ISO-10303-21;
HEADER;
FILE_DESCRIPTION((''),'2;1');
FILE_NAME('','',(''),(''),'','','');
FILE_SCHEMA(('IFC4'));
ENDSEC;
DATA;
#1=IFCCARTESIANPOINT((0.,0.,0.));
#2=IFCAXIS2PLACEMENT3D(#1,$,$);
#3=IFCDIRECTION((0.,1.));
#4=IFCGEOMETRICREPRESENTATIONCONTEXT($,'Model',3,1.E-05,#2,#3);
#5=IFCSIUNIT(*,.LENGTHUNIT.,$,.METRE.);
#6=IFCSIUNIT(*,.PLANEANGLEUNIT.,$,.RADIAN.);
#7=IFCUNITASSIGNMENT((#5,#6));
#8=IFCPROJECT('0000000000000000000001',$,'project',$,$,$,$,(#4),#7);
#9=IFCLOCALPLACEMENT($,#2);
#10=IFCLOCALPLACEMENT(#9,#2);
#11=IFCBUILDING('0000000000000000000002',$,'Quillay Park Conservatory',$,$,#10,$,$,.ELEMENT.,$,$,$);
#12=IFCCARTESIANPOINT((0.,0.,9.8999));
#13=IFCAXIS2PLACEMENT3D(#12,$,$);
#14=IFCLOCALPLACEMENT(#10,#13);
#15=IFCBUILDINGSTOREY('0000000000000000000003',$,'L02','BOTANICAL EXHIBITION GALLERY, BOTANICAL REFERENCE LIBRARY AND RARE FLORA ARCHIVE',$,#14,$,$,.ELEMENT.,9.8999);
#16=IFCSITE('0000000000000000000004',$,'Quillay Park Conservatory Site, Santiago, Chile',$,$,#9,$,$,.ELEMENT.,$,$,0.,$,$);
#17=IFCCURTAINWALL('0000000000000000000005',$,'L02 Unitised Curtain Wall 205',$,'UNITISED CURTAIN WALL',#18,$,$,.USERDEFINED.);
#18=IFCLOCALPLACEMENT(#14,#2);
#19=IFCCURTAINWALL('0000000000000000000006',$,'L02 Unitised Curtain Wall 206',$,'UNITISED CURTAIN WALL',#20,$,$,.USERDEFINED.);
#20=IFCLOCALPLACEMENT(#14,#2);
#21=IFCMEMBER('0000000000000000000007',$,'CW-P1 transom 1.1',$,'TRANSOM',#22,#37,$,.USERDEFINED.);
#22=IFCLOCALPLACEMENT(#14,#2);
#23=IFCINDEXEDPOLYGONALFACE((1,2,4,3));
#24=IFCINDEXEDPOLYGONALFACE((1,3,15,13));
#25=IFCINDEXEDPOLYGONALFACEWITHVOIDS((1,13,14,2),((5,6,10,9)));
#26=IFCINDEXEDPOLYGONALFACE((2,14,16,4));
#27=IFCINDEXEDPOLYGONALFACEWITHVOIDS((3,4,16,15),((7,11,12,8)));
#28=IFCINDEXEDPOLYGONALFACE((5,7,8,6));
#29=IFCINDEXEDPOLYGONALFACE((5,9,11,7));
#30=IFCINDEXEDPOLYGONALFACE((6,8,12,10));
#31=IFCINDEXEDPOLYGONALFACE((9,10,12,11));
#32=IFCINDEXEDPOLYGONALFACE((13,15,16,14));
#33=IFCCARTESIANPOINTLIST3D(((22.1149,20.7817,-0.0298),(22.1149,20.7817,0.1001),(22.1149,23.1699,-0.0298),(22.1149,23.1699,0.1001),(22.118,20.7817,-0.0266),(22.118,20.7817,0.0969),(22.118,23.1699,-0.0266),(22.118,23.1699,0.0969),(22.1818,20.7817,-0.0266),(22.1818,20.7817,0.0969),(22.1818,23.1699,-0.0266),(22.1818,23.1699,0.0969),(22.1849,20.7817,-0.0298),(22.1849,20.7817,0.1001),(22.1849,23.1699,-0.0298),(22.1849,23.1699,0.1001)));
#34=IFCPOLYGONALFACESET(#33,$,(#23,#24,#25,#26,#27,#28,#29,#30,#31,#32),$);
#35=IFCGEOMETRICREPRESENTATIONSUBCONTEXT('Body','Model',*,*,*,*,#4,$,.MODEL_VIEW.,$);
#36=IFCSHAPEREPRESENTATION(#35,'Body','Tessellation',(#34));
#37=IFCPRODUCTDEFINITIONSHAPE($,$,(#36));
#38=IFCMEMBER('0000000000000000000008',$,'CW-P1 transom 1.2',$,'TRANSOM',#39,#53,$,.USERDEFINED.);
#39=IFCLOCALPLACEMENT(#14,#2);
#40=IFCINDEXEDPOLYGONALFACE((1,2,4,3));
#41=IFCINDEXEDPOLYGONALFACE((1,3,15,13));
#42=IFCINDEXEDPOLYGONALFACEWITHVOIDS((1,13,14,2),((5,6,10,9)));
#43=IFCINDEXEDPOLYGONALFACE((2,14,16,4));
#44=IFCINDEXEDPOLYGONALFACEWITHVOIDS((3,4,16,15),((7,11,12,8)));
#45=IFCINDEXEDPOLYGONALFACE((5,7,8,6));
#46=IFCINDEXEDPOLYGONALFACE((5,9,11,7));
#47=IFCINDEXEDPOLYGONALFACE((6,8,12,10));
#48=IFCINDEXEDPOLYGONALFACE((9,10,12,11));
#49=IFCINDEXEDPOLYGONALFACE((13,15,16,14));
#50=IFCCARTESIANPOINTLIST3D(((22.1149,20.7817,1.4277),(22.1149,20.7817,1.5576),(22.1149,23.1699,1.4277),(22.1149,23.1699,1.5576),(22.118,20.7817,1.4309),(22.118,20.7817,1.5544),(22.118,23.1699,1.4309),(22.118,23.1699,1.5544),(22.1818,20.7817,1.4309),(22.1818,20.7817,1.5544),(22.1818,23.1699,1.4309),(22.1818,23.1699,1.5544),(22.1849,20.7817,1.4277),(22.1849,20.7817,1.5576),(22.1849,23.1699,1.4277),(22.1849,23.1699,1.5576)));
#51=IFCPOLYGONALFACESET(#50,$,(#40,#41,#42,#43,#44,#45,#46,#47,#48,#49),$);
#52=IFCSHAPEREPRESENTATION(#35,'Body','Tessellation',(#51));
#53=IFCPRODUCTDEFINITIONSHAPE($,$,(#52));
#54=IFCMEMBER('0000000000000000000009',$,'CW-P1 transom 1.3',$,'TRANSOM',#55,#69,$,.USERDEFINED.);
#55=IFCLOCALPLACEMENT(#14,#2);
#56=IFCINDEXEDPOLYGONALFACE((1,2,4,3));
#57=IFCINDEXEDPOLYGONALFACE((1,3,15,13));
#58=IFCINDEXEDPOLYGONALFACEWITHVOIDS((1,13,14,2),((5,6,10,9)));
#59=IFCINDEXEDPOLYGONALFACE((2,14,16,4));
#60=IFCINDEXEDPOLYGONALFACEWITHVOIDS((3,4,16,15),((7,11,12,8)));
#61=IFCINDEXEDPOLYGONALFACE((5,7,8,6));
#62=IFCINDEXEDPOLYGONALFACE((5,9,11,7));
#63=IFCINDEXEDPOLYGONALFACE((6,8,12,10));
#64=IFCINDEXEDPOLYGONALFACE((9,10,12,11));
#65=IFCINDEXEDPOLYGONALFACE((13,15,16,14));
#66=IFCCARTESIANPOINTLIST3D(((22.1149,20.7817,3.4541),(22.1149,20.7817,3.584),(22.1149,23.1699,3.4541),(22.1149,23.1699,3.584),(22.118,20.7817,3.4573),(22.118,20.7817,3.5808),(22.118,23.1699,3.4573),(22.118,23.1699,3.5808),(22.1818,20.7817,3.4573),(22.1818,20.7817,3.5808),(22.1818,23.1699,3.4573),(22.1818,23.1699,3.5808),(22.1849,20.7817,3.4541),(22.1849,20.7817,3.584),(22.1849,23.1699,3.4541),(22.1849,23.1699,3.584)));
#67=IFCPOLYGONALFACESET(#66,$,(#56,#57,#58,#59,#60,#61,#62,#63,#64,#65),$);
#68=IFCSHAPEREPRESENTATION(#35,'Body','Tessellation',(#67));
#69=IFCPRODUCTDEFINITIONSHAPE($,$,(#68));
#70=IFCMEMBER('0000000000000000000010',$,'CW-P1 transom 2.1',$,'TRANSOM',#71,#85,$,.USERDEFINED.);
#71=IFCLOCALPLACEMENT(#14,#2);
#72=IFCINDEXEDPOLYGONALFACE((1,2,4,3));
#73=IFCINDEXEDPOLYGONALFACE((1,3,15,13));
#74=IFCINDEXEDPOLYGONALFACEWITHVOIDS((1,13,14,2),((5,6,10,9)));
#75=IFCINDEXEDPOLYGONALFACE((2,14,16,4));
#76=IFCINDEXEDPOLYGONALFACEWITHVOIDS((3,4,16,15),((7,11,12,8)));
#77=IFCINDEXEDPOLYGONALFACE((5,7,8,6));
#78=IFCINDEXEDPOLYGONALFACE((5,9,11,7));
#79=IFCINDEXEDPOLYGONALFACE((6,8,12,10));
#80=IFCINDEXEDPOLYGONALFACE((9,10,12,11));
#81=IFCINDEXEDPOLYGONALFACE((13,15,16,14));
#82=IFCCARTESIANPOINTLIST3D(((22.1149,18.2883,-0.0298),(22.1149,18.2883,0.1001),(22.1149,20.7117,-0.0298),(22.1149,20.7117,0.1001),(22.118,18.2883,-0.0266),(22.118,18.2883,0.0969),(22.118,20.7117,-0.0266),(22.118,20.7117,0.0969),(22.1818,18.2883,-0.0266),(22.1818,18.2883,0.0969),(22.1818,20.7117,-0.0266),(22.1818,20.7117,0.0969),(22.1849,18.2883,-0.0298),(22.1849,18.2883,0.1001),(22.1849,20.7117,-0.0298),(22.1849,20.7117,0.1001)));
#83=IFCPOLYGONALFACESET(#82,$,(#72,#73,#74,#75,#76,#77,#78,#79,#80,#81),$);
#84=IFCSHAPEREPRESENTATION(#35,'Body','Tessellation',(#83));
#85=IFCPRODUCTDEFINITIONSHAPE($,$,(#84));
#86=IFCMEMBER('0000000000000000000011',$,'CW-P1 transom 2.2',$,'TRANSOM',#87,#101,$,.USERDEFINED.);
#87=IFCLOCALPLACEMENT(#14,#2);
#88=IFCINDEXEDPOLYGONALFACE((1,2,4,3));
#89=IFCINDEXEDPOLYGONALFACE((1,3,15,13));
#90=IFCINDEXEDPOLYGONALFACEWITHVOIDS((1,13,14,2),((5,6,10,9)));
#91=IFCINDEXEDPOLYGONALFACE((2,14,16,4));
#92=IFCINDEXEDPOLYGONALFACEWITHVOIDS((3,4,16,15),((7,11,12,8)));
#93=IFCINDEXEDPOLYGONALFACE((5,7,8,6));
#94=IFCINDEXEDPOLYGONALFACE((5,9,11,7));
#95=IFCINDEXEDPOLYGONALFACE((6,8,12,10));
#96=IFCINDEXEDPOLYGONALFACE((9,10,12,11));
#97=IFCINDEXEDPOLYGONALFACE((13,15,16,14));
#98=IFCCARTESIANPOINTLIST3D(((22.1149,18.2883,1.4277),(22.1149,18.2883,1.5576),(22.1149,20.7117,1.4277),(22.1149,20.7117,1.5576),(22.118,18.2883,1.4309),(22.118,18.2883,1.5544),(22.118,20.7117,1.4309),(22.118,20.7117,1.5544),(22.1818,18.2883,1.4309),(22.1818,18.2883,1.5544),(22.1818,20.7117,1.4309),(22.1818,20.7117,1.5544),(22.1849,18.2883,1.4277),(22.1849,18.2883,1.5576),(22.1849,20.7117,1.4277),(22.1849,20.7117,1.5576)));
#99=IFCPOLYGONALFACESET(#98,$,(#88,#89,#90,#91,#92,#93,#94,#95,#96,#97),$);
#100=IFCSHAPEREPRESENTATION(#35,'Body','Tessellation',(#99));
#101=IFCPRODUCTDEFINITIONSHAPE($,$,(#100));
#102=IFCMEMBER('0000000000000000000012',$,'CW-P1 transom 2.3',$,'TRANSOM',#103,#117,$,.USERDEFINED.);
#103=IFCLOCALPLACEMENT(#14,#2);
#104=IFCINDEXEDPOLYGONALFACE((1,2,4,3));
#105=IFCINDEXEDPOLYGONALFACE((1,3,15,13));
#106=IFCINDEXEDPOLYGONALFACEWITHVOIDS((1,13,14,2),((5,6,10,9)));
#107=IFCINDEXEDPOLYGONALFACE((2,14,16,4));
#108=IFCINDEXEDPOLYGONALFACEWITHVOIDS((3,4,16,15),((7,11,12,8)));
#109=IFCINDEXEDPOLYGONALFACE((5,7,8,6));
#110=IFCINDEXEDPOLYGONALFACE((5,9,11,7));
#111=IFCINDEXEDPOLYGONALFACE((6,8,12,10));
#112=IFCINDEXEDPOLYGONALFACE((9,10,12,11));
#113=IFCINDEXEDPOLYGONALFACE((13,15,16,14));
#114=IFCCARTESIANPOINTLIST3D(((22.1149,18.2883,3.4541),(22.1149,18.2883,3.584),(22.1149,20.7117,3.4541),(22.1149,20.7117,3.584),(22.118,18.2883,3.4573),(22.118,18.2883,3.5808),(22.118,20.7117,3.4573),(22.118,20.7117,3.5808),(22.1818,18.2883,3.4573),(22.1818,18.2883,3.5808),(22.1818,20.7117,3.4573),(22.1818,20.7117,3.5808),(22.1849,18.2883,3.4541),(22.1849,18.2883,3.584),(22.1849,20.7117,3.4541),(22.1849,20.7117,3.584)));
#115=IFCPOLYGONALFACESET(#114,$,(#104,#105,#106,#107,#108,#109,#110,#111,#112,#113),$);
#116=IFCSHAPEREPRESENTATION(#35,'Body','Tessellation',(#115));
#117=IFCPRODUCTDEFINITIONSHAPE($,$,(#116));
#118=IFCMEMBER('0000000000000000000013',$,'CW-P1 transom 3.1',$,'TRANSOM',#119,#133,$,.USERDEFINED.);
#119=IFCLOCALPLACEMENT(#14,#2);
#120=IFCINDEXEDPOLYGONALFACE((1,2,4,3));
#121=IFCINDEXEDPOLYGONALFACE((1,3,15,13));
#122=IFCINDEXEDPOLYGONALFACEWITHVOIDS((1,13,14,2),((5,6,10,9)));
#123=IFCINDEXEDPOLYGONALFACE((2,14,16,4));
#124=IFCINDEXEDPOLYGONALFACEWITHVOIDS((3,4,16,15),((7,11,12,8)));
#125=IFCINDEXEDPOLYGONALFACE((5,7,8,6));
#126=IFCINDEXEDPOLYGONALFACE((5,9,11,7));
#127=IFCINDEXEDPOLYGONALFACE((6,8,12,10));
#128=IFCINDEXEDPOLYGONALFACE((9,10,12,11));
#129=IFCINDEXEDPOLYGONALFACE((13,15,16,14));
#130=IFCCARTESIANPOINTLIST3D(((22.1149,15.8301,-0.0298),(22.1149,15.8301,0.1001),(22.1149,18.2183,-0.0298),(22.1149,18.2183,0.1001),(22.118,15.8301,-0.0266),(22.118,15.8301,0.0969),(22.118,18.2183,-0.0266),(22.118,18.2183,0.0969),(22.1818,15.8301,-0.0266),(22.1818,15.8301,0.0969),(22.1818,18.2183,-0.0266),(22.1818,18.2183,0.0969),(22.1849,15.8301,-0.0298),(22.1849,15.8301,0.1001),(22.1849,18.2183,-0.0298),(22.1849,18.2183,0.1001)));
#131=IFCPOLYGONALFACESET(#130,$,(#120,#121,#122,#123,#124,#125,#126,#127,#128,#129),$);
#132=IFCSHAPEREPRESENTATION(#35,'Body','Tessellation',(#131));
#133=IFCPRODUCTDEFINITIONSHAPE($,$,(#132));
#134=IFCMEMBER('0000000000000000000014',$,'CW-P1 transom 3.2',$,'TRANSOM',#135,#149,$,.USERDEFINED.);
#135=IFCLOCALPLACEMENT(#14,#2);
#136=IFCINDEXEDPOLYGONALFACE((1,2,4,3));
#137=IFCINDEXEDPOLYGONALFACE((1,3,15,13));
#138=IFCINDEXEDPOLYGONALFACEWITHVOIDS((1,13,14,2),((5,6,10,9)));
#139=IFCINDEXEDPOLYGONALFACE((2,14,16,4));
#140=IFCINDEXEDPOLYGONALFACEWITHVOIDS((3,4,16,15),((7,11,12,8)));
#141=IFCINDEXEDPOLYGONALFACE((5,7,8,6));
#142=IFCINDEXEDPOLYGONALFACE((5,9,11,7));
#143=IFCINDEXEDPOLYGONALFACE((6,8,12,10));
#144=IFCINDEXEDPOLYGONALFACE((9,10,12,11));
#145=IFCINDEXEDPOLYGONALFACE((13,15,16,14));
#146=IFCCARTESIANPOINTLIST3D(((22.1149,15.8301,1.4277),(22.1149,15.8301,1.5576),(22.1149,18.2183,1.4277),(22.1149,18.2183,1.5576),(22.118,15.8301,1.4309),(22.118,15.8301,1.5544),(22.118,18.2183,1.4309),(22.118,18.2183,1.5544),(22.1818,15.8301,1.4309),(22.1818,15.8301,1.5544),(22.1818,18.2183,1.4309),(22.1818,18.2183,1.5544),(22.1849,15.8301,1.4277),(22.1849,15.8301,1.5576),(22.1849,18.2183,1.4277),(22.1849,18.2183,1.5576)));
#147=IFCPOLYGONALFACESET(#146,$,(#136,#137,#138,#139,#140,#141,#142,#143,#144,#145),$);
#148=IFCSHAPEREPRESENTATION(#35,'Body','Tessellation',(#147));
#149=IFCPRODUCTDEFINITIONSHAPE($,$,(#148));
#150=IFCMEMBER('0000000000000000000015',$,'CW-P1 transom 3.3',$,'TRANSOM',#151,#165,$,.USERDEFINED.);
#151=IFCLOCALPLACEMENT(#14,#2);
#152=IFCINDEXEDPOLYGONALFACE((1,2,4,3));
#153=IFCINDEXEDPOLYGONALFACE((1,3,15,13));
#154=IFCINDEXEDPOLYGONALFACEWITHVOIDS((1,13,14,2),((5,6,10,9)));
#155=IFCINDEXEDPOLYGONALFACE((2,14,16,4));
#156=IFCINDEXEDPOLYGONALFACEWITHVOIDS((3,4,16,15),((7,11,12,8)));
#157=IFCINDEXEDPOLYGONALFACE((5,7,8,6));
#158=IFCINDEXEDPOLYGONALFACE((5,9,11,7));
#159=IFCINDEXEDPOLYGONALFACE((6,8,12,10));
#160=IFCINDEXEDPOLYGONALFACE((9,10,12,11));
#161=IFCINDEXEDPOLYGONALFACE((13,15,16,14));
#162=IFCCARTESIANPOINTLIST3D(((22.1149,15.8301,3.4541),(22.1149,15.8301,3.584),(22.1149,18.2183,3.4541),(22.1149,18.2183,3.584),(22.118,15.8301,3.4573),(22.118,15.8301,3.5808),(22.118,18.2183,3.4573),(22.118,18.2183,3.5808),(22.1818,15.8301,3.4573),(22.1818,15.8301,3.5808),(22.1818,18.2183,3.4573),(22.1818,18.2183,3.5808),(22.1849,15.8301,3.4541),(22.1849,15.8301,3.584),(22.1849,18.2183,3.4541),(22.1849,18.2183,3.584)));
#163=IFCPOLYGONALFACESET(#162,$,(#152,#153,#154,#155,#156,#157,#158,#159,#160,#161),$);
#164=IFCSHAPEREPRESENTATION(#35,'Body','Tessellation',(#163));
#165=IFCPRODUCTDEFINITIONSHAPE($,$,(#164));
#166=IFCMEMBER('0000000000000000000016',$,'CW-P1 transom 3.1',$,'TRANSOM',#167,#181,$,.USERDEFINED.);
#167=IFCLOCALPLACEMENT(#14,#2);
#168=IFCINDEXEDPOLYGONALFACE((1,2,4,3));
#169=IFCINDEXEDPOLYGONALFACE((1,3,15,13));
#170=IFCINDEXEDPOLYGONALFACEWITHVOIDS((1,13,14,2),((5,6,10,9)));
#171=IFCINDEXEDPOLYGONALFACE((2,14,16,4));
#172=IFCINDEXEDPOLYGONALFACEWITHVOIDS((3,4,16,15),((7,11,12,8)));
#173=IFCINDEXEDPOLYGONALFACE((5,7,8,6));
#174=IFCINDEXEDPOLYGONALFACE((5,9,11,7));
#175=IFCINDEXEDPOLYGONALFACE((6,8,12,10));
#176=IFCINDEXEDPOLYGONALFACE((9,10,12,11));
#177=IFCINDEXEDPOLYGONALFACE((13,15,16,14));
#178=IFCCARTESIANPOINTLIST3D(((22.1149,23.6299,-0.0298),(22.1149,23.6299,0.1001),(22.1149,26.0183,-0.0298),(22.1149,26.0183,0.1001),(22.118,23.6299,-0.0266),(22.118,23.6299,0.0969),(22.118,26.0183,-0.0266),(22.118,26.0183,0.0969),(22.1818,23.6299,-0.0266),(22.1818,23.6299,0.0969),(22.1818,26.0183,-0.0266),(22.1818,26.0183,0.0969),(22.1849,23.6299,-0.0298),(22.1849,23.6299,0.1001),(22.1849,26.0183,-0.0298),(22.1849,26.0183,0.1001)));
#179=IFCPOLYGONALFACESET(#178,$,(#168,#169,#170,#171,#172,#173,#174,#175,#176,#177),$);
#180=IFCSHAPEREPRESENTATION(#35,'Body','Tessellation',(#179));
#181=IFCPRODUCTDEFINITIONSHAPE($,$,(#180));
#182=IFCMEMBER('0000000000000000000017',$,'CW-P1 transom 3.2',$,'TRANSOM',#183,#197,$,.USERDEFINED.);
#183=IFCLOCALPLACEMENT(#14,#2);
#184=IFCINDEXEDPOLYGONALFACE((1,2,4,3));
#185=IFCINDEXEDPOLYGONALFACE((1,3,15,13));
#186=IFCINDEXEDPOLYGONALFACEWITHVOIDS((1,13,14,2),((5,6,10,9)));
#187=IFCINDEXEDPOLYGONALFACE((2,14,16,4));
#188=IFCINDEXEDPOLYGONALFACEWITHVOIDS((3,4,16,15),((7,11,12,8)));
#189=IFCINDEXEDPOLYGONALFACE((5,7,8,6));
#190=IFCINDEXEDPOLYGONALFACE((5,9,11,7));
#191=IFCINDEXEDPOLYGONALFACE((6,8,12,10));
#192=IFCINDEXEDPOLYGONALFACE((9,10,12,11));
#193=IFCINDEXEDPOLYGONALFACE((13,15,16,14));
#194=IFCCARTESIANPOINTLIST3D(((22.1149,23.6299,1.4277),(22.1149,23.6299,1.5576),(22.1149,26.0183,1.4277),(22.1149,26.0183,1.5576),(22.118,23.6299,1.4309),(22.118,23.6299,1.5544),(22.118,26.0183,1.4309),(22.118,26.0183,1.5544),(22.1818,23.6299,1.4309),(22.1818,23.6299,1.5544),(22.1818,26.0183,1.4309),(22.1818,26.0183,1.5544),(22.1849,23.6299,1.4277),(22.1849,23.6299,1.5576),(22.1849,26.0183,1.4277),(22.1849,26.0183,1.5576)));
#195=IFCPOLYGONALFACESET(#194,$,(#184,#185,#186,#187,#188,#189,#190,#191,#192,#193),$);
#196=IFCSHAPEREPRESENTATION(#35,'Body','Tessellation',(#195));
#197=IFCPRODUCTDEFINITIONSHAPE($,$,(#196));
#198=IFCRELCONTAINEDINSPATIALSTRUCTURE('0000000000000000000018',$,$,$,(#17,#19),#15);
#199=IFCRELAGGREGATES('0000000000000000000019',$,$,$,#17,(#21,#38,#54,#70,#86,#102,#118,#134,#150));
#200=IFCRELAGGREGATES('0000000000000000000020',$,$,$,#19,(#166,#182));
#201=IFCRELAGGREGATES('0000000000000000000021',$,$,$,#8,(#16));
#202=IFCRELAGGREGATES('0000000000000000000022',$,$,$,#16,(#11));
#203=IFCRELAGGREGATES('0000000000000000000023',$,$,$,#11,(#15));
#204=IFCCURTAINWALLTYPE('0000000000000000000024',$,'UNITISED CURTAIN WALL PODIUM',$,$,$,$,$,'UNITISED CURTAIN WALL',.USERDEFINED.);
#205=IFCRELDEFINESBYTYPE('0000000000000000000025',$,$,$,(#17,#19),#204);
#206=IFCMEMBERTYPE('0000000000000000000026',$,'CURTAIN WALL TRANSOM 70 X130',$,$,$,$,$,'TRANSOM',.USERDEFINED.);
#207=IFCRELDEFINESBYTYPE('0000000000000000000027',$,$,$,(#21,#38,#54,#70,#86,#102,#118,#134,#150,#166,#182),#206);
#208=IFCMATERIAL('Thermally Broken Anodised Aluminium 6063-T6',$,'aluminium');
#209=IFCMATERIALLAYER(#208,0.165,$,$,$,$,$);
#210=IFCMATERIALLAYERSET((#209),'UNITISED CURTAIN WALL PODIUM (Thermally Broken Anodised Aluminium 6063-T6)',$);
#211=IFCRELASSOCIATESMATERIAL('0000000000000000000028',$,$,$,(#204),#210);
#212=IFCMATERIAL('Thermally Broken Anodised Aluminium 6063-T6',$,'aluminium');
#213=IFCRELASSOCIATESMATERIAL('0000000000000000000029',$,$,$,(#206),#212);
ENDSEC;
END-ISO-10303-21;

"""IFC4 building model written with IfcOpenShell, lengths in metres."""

from ifc_helpers import new_model, si_unit, direction, frame, origin, origin_2d, place, context, subcontext, project, spatial, hollow_rectangle, extrude, material, layer, layer_set, material_profile, profile_set, type_object, element, aggregate, save


model = new_model("IFC4")

# Units and contexts
model_context = context("Model", 3, precision=1e-05, world=origin(), true_north=direction((0.0, 1.0)))
body_context = subcontext(model_context, "Body", "Model", "MODEL_VIEW")
ifc_project = project(units=[si_unit("LENGTHUNIT", "METRE"), si_unit("PLANEANGLEUNIT", "RADIAN")], contexts=[model_context])

# Site, building, storey
site_placement = place(None, origin())
site = spatial("IfcSite", under=ifc_project, at=site_placement, Name="Quillay Park Conservatory Site, Santiago, Chile", CompositionType="ELEMENT", RefElevation=0.0)
building_placement = place(site_placement, origin())
building = spatial("IfcBuilding", under=site, at=building_placement, Name="Quillay Park Conservatory", CompositionType="ELEMENT")
storey_placement = place(building_placement, frame((0.0, 0.0, 9.8999)))
storey = spatial("IfcBuildingStorey", under=building, at=storey_placement, Name="L02", Description="BOTANICAL EXHIBITION GALLERY, BOTANICAL REFERENCE LIBRARY AND RARE FLORA ARCHIVE", CompositionType="ELEMENT", Elevation=9.8999)

# Curtain walls
ifc_material_1 = material(Name="Thermally Broken Anodised Aluminium 6063-T6", Category="aluminium")
ifc_layer_1 = layer(ifc_material_1, 0.165)
ifc_layer_set_1 = layer_set([ifc_layer_1], Name="UNITISED CURTAIN WALL PODIUM (Thermally Broken Anodised Aluminium 6063-T6)")
curtain_wall_type = type_object("IfcCurtainWallType", Name="UNITISED CURTAIN WALL PODIUM", ElementType="UNITISED CURTAIN WALL", PredefinedType="USERDEFINED", material=ifc_layer_set_1)
curtain_wall_1_placement = place(storey_placement, origin())
curtain_wall_1 = element("IfcCurtainWall", 1, at=curtain_wall_1_placement, inside=storey, type_object=curtain_wall_type, Name="L02 Unitised Curtain Wall 205", ObjectType="UNITISED CURTAIN WALL", PredefinedType="USERDEFINED")
curtain_wall_2_placement = place(storey_placement, origin())
curtain_wall_2 = element("IfcCurtainWall", 2, at=curtain_wall_2_placement, inside=storey, type_object=curtain_wall_type, Name="L02 Unitised Curtain Wall 206", ObjectType="UNITISED CURTAIN WALL", PredefinedType="USERDEFINED")

# Members
ifc_material_2 = material(Name="Thermally Broken Anodised Aluminium 6063-T6", Category="aluminium")
ifc_material_profile_1 = material_profile(ifc_material_2, hollow_rectangle(XDim=0.0701, YDim=0.1299, WallThickness=0.0032, at=origin_2d()), Name="AL70x130x3.2")
ifc_profile_set_1 = profile_set([ifc_material_profile_1], Name="Thermally Broken Anodised Aluminium 6063-T6")
member_type_1 = type_object("IfcMemberType", Name="CURTAIN WALL TRANSOM 70 X130", ElementType="TRANSOM", PredefinedType="USERDEFINED", material=ifc_profile_set_1)
member_1_placement = place(storey_placement, frame((22.1499, 23.1699, 0.0352), z_axis=(0.0, -1.0, 0.0), x_axis=(1.0, 0.0, 0.0)))
member_1 = element("IfcMember", 3, at=member_1_placement, type_object=member_type_1, Name="CW-P1 transom 1.1", ObjectType="TRANSOM", PredefinedType="USERDEFINED", context=body_context, shape_type="SweptSolid", body=[
    extrude(hollow_rectangle(XDim=0.0701, YDim=0.1299, WallThickness=0.0032, at=origin_2d()), origin(), (0.0, 0.0, 1.0), 2.3882),
])
member_2_placement = place(storey_placement, frame((22.1499, 23.1699, 1.4927), z_axis=(0.0, -1.0, 0.0), x_axis=(1.0, 0.0, 0.0)))
member_2 = element("IfcMember", 4, at=member_2_placement, type_object=member_type_1, Name="CW-P1 transom 1.2", ObjectType="TRANSOM", PredefinedType="USERDEFINED", context=body_context, shape_type="SweptSolid", body=[
    extrude(hollow_rectangle(XDim=0.0701, YDim=0.1299, WallThickness=0.0032, at=origin_2d()), origin(), (0.0, 0.0, 1.0), 2.3882),
])
member_3_placement = place(storey_placement, frame((22.1499, 23.1699, 3.519), z_axis=(0.0, -1.0, 0.0), x_axis=(1.0, 0.0, 0.0)))
member_3 = element("IfcMember", 5, at=member_3_placement, type_object=member_type_1, Name="CW-P1 transom 1.3", ObjectType="TRANSOM", PredefinedType="USERDEFINED", context=body_context, shape_type="SweptSolid", body=[
    extrude(hollow_rectangle(XDim=0.0701, YDim=0.1299, WallThickness=0.0032, at=origin_2d()), origin(), (0.0, 0.0, 1.0), 2.3882),
])
member_4_placement = place(storey_placement, frame((22.1499, 20.7117, 0.0352), z_axis=(0.0, -1.0, 0.0), x_axis=(1.0, 0.0, 0.0)))
member_4 = element("IfcMember", 6, at=member_4_placement, type_object=member_type_1, Name="CW-P1 transom 2.1", ObjectType="TRANSOM", PredefinedType="USERDEFINED", context=body_context, shape_type="SweptSolid", body=[
    extrude(hollow_rectangle(XDim=0.0701, YDim=0.1299, WallThickness=0.0032, at=origin_2d()), origin(), (0.0, 0.0, 1.0), 2.4233),
])
member_5_placement = place(storey_placement, frame((22.1499, 20.7117, 1.4927), z_axis=(0.0, -1.0, 0.0), x_axis=(1.0, 0.0, 0.0)))
member_5 = element("IfcMember", 7, at=member_5_placement, type_object=member_type_1, Name="CW-P1 transom 2.2", ObjectType="TRANSOM", PredefinedType="USERDEFINED", context=body_context, shape_type="SweptSolid", body=[
    extrude(hollow_rectangle(XDim=0.0701, YDim=0.1299, WallThickness=0.0032, at=origin_2d()), origin(), (0.0, 0.0, 1.0), 2.4233),
])
member_6_placement = place(storey_placement, frame((22.1499, 20.7117, 3.519), z_axis=(0.0, -1.0, 0.0), x_axis=(1.0, 0.0, 0.0)))
member_6 = element("IfcMember", 8, at=member_6_placement, type_object=member_type_1, Name="CW-P1 transom 2.3", ObjectType="TRANSOM", PredefinedType="USERDEFINED", context=body_context, shape_type="SweptSolid", body=[
    extrude(hollow_rectangle(XDim=0.0701, YDim=0.1299, WallThickness=0.0032, at=origin_2d()), origin(), (0.0, 0.0, 1.0), 2.4233),
])
member_7_placement = place(storey_placement, frame((22.1499, 18.2183, 0.0352), z_axis=(0.0, -1.0, 0.0), x_axis=(1.0, 0.0, 0.0)))
member_7 = element("IfcMember", 9, at=member_7_placement, type_object=member_type_1, Name="CW-P1 transom 3.1", ObjectType="TRANSOM", PredefinedType="USERDEFINED", context=body_context, shape_type="SweptSolid", body=[
    extrude(hollow_rectangle(XDim=0.0701, YDim=0.1299, WallThickness=0.0032, at=origin_2d()), origin(), (0.0, 0.0, 1.0), 2.3882),
])
member_8_placement = place(storey_placement, frame((22.1499, 18.2183, 1.4927), z_axis=(0.0, -1.0, 0.0), x_axis=(1.0, 0.0, 0.0)))
member_8 = element("IfcMember", 10, at=member_8_placement, type_object=member_type_1, Name="CW-P1 transom 3.2", ObjectType="TRANSOM", PredefinedType="USERDEFINED", context=body_context, shape_type="SweptSolid", body=[
    extrude(hollow_rectangle(XDim=0.0701, YDim=0.1299, WallThickness=0.0032, at=origin_2d()), origin(), (0.0, 0.0, 1.0), 2.3882),
])
member_9_placement = place(storey_placement, frame((22.1499, 18.2183, 3.519), z_axis=(0.0, -1.0, 0.0), x_axis=(1.0, 0.0, 0.0)))
member_9 = element("IfcMember", 11, at=member_9_placement, type_object=member_type_1, Name="CW-P1 transom 3.3", ObjectType="TRANSOM", PredefinedType="USERDEFINED", context=body_context, shape_type="SweptSolid", body=[
    extrude(hollow_rectangle(XDim=0.0701, YDim=0.1299, WallThickness=0.0032, at=origin_2d()), origin(), (0.0, 0.0, 1.0), 2.3882),
])
member_10_placement = place(storey_placement, frame((22.1499, 26.0183, 0.0352), z_axis=(0.0, -1.0, 0.0), x_axis=(1.0, 0.0, 0.0)))
member_10 = element("IfcMember", 12, at=member_10_placement, type_object=member_type_1, Name="CW-P1 transom 3.1", ObjectType="TRANSOM", PredefinedType="USERDEFINED", context=body_context, shape_type="SweptSolid", body=[
    extrude(hollow_rectangle(XDim=0.0701, YDim=0.1299, WallThickness=0.0032, at=origin_2d()), origin(), (0.0, 0.0, 1.0), 2.3884),
])
member_11_placement = place(storey_placement, frame((22.1499, 26.0183, 1.4927), z_axis=(0.0, -1.0, 0.0), x_axis=(1.0, 0.0, 0.0)))
member_11 = element("IfcMember", 13, at=member_11_placement, type_object=member_type_1, Name="CW-P1 transom 3.2", ObjectType="TRANSOM", PredefinedType="USERDEFINED", context=body_context, shape_type="SweptSolid", body=[
    extrude(hollow_rectangle(XDim=0.0701, YDim=0.1299, WallThickness=0.0032, at=origin_2d()), origin(), (0.0, 0.0, 1.0), 2.3884),
])

aggregate(curtain_wall_1, [member_1, member_2, member_3, member_4, member_5, member_6, member_7, member_8, member_9])
aggregate(curtain_wall_2, [member_10, member_11])

save(model, "model.ifc")
